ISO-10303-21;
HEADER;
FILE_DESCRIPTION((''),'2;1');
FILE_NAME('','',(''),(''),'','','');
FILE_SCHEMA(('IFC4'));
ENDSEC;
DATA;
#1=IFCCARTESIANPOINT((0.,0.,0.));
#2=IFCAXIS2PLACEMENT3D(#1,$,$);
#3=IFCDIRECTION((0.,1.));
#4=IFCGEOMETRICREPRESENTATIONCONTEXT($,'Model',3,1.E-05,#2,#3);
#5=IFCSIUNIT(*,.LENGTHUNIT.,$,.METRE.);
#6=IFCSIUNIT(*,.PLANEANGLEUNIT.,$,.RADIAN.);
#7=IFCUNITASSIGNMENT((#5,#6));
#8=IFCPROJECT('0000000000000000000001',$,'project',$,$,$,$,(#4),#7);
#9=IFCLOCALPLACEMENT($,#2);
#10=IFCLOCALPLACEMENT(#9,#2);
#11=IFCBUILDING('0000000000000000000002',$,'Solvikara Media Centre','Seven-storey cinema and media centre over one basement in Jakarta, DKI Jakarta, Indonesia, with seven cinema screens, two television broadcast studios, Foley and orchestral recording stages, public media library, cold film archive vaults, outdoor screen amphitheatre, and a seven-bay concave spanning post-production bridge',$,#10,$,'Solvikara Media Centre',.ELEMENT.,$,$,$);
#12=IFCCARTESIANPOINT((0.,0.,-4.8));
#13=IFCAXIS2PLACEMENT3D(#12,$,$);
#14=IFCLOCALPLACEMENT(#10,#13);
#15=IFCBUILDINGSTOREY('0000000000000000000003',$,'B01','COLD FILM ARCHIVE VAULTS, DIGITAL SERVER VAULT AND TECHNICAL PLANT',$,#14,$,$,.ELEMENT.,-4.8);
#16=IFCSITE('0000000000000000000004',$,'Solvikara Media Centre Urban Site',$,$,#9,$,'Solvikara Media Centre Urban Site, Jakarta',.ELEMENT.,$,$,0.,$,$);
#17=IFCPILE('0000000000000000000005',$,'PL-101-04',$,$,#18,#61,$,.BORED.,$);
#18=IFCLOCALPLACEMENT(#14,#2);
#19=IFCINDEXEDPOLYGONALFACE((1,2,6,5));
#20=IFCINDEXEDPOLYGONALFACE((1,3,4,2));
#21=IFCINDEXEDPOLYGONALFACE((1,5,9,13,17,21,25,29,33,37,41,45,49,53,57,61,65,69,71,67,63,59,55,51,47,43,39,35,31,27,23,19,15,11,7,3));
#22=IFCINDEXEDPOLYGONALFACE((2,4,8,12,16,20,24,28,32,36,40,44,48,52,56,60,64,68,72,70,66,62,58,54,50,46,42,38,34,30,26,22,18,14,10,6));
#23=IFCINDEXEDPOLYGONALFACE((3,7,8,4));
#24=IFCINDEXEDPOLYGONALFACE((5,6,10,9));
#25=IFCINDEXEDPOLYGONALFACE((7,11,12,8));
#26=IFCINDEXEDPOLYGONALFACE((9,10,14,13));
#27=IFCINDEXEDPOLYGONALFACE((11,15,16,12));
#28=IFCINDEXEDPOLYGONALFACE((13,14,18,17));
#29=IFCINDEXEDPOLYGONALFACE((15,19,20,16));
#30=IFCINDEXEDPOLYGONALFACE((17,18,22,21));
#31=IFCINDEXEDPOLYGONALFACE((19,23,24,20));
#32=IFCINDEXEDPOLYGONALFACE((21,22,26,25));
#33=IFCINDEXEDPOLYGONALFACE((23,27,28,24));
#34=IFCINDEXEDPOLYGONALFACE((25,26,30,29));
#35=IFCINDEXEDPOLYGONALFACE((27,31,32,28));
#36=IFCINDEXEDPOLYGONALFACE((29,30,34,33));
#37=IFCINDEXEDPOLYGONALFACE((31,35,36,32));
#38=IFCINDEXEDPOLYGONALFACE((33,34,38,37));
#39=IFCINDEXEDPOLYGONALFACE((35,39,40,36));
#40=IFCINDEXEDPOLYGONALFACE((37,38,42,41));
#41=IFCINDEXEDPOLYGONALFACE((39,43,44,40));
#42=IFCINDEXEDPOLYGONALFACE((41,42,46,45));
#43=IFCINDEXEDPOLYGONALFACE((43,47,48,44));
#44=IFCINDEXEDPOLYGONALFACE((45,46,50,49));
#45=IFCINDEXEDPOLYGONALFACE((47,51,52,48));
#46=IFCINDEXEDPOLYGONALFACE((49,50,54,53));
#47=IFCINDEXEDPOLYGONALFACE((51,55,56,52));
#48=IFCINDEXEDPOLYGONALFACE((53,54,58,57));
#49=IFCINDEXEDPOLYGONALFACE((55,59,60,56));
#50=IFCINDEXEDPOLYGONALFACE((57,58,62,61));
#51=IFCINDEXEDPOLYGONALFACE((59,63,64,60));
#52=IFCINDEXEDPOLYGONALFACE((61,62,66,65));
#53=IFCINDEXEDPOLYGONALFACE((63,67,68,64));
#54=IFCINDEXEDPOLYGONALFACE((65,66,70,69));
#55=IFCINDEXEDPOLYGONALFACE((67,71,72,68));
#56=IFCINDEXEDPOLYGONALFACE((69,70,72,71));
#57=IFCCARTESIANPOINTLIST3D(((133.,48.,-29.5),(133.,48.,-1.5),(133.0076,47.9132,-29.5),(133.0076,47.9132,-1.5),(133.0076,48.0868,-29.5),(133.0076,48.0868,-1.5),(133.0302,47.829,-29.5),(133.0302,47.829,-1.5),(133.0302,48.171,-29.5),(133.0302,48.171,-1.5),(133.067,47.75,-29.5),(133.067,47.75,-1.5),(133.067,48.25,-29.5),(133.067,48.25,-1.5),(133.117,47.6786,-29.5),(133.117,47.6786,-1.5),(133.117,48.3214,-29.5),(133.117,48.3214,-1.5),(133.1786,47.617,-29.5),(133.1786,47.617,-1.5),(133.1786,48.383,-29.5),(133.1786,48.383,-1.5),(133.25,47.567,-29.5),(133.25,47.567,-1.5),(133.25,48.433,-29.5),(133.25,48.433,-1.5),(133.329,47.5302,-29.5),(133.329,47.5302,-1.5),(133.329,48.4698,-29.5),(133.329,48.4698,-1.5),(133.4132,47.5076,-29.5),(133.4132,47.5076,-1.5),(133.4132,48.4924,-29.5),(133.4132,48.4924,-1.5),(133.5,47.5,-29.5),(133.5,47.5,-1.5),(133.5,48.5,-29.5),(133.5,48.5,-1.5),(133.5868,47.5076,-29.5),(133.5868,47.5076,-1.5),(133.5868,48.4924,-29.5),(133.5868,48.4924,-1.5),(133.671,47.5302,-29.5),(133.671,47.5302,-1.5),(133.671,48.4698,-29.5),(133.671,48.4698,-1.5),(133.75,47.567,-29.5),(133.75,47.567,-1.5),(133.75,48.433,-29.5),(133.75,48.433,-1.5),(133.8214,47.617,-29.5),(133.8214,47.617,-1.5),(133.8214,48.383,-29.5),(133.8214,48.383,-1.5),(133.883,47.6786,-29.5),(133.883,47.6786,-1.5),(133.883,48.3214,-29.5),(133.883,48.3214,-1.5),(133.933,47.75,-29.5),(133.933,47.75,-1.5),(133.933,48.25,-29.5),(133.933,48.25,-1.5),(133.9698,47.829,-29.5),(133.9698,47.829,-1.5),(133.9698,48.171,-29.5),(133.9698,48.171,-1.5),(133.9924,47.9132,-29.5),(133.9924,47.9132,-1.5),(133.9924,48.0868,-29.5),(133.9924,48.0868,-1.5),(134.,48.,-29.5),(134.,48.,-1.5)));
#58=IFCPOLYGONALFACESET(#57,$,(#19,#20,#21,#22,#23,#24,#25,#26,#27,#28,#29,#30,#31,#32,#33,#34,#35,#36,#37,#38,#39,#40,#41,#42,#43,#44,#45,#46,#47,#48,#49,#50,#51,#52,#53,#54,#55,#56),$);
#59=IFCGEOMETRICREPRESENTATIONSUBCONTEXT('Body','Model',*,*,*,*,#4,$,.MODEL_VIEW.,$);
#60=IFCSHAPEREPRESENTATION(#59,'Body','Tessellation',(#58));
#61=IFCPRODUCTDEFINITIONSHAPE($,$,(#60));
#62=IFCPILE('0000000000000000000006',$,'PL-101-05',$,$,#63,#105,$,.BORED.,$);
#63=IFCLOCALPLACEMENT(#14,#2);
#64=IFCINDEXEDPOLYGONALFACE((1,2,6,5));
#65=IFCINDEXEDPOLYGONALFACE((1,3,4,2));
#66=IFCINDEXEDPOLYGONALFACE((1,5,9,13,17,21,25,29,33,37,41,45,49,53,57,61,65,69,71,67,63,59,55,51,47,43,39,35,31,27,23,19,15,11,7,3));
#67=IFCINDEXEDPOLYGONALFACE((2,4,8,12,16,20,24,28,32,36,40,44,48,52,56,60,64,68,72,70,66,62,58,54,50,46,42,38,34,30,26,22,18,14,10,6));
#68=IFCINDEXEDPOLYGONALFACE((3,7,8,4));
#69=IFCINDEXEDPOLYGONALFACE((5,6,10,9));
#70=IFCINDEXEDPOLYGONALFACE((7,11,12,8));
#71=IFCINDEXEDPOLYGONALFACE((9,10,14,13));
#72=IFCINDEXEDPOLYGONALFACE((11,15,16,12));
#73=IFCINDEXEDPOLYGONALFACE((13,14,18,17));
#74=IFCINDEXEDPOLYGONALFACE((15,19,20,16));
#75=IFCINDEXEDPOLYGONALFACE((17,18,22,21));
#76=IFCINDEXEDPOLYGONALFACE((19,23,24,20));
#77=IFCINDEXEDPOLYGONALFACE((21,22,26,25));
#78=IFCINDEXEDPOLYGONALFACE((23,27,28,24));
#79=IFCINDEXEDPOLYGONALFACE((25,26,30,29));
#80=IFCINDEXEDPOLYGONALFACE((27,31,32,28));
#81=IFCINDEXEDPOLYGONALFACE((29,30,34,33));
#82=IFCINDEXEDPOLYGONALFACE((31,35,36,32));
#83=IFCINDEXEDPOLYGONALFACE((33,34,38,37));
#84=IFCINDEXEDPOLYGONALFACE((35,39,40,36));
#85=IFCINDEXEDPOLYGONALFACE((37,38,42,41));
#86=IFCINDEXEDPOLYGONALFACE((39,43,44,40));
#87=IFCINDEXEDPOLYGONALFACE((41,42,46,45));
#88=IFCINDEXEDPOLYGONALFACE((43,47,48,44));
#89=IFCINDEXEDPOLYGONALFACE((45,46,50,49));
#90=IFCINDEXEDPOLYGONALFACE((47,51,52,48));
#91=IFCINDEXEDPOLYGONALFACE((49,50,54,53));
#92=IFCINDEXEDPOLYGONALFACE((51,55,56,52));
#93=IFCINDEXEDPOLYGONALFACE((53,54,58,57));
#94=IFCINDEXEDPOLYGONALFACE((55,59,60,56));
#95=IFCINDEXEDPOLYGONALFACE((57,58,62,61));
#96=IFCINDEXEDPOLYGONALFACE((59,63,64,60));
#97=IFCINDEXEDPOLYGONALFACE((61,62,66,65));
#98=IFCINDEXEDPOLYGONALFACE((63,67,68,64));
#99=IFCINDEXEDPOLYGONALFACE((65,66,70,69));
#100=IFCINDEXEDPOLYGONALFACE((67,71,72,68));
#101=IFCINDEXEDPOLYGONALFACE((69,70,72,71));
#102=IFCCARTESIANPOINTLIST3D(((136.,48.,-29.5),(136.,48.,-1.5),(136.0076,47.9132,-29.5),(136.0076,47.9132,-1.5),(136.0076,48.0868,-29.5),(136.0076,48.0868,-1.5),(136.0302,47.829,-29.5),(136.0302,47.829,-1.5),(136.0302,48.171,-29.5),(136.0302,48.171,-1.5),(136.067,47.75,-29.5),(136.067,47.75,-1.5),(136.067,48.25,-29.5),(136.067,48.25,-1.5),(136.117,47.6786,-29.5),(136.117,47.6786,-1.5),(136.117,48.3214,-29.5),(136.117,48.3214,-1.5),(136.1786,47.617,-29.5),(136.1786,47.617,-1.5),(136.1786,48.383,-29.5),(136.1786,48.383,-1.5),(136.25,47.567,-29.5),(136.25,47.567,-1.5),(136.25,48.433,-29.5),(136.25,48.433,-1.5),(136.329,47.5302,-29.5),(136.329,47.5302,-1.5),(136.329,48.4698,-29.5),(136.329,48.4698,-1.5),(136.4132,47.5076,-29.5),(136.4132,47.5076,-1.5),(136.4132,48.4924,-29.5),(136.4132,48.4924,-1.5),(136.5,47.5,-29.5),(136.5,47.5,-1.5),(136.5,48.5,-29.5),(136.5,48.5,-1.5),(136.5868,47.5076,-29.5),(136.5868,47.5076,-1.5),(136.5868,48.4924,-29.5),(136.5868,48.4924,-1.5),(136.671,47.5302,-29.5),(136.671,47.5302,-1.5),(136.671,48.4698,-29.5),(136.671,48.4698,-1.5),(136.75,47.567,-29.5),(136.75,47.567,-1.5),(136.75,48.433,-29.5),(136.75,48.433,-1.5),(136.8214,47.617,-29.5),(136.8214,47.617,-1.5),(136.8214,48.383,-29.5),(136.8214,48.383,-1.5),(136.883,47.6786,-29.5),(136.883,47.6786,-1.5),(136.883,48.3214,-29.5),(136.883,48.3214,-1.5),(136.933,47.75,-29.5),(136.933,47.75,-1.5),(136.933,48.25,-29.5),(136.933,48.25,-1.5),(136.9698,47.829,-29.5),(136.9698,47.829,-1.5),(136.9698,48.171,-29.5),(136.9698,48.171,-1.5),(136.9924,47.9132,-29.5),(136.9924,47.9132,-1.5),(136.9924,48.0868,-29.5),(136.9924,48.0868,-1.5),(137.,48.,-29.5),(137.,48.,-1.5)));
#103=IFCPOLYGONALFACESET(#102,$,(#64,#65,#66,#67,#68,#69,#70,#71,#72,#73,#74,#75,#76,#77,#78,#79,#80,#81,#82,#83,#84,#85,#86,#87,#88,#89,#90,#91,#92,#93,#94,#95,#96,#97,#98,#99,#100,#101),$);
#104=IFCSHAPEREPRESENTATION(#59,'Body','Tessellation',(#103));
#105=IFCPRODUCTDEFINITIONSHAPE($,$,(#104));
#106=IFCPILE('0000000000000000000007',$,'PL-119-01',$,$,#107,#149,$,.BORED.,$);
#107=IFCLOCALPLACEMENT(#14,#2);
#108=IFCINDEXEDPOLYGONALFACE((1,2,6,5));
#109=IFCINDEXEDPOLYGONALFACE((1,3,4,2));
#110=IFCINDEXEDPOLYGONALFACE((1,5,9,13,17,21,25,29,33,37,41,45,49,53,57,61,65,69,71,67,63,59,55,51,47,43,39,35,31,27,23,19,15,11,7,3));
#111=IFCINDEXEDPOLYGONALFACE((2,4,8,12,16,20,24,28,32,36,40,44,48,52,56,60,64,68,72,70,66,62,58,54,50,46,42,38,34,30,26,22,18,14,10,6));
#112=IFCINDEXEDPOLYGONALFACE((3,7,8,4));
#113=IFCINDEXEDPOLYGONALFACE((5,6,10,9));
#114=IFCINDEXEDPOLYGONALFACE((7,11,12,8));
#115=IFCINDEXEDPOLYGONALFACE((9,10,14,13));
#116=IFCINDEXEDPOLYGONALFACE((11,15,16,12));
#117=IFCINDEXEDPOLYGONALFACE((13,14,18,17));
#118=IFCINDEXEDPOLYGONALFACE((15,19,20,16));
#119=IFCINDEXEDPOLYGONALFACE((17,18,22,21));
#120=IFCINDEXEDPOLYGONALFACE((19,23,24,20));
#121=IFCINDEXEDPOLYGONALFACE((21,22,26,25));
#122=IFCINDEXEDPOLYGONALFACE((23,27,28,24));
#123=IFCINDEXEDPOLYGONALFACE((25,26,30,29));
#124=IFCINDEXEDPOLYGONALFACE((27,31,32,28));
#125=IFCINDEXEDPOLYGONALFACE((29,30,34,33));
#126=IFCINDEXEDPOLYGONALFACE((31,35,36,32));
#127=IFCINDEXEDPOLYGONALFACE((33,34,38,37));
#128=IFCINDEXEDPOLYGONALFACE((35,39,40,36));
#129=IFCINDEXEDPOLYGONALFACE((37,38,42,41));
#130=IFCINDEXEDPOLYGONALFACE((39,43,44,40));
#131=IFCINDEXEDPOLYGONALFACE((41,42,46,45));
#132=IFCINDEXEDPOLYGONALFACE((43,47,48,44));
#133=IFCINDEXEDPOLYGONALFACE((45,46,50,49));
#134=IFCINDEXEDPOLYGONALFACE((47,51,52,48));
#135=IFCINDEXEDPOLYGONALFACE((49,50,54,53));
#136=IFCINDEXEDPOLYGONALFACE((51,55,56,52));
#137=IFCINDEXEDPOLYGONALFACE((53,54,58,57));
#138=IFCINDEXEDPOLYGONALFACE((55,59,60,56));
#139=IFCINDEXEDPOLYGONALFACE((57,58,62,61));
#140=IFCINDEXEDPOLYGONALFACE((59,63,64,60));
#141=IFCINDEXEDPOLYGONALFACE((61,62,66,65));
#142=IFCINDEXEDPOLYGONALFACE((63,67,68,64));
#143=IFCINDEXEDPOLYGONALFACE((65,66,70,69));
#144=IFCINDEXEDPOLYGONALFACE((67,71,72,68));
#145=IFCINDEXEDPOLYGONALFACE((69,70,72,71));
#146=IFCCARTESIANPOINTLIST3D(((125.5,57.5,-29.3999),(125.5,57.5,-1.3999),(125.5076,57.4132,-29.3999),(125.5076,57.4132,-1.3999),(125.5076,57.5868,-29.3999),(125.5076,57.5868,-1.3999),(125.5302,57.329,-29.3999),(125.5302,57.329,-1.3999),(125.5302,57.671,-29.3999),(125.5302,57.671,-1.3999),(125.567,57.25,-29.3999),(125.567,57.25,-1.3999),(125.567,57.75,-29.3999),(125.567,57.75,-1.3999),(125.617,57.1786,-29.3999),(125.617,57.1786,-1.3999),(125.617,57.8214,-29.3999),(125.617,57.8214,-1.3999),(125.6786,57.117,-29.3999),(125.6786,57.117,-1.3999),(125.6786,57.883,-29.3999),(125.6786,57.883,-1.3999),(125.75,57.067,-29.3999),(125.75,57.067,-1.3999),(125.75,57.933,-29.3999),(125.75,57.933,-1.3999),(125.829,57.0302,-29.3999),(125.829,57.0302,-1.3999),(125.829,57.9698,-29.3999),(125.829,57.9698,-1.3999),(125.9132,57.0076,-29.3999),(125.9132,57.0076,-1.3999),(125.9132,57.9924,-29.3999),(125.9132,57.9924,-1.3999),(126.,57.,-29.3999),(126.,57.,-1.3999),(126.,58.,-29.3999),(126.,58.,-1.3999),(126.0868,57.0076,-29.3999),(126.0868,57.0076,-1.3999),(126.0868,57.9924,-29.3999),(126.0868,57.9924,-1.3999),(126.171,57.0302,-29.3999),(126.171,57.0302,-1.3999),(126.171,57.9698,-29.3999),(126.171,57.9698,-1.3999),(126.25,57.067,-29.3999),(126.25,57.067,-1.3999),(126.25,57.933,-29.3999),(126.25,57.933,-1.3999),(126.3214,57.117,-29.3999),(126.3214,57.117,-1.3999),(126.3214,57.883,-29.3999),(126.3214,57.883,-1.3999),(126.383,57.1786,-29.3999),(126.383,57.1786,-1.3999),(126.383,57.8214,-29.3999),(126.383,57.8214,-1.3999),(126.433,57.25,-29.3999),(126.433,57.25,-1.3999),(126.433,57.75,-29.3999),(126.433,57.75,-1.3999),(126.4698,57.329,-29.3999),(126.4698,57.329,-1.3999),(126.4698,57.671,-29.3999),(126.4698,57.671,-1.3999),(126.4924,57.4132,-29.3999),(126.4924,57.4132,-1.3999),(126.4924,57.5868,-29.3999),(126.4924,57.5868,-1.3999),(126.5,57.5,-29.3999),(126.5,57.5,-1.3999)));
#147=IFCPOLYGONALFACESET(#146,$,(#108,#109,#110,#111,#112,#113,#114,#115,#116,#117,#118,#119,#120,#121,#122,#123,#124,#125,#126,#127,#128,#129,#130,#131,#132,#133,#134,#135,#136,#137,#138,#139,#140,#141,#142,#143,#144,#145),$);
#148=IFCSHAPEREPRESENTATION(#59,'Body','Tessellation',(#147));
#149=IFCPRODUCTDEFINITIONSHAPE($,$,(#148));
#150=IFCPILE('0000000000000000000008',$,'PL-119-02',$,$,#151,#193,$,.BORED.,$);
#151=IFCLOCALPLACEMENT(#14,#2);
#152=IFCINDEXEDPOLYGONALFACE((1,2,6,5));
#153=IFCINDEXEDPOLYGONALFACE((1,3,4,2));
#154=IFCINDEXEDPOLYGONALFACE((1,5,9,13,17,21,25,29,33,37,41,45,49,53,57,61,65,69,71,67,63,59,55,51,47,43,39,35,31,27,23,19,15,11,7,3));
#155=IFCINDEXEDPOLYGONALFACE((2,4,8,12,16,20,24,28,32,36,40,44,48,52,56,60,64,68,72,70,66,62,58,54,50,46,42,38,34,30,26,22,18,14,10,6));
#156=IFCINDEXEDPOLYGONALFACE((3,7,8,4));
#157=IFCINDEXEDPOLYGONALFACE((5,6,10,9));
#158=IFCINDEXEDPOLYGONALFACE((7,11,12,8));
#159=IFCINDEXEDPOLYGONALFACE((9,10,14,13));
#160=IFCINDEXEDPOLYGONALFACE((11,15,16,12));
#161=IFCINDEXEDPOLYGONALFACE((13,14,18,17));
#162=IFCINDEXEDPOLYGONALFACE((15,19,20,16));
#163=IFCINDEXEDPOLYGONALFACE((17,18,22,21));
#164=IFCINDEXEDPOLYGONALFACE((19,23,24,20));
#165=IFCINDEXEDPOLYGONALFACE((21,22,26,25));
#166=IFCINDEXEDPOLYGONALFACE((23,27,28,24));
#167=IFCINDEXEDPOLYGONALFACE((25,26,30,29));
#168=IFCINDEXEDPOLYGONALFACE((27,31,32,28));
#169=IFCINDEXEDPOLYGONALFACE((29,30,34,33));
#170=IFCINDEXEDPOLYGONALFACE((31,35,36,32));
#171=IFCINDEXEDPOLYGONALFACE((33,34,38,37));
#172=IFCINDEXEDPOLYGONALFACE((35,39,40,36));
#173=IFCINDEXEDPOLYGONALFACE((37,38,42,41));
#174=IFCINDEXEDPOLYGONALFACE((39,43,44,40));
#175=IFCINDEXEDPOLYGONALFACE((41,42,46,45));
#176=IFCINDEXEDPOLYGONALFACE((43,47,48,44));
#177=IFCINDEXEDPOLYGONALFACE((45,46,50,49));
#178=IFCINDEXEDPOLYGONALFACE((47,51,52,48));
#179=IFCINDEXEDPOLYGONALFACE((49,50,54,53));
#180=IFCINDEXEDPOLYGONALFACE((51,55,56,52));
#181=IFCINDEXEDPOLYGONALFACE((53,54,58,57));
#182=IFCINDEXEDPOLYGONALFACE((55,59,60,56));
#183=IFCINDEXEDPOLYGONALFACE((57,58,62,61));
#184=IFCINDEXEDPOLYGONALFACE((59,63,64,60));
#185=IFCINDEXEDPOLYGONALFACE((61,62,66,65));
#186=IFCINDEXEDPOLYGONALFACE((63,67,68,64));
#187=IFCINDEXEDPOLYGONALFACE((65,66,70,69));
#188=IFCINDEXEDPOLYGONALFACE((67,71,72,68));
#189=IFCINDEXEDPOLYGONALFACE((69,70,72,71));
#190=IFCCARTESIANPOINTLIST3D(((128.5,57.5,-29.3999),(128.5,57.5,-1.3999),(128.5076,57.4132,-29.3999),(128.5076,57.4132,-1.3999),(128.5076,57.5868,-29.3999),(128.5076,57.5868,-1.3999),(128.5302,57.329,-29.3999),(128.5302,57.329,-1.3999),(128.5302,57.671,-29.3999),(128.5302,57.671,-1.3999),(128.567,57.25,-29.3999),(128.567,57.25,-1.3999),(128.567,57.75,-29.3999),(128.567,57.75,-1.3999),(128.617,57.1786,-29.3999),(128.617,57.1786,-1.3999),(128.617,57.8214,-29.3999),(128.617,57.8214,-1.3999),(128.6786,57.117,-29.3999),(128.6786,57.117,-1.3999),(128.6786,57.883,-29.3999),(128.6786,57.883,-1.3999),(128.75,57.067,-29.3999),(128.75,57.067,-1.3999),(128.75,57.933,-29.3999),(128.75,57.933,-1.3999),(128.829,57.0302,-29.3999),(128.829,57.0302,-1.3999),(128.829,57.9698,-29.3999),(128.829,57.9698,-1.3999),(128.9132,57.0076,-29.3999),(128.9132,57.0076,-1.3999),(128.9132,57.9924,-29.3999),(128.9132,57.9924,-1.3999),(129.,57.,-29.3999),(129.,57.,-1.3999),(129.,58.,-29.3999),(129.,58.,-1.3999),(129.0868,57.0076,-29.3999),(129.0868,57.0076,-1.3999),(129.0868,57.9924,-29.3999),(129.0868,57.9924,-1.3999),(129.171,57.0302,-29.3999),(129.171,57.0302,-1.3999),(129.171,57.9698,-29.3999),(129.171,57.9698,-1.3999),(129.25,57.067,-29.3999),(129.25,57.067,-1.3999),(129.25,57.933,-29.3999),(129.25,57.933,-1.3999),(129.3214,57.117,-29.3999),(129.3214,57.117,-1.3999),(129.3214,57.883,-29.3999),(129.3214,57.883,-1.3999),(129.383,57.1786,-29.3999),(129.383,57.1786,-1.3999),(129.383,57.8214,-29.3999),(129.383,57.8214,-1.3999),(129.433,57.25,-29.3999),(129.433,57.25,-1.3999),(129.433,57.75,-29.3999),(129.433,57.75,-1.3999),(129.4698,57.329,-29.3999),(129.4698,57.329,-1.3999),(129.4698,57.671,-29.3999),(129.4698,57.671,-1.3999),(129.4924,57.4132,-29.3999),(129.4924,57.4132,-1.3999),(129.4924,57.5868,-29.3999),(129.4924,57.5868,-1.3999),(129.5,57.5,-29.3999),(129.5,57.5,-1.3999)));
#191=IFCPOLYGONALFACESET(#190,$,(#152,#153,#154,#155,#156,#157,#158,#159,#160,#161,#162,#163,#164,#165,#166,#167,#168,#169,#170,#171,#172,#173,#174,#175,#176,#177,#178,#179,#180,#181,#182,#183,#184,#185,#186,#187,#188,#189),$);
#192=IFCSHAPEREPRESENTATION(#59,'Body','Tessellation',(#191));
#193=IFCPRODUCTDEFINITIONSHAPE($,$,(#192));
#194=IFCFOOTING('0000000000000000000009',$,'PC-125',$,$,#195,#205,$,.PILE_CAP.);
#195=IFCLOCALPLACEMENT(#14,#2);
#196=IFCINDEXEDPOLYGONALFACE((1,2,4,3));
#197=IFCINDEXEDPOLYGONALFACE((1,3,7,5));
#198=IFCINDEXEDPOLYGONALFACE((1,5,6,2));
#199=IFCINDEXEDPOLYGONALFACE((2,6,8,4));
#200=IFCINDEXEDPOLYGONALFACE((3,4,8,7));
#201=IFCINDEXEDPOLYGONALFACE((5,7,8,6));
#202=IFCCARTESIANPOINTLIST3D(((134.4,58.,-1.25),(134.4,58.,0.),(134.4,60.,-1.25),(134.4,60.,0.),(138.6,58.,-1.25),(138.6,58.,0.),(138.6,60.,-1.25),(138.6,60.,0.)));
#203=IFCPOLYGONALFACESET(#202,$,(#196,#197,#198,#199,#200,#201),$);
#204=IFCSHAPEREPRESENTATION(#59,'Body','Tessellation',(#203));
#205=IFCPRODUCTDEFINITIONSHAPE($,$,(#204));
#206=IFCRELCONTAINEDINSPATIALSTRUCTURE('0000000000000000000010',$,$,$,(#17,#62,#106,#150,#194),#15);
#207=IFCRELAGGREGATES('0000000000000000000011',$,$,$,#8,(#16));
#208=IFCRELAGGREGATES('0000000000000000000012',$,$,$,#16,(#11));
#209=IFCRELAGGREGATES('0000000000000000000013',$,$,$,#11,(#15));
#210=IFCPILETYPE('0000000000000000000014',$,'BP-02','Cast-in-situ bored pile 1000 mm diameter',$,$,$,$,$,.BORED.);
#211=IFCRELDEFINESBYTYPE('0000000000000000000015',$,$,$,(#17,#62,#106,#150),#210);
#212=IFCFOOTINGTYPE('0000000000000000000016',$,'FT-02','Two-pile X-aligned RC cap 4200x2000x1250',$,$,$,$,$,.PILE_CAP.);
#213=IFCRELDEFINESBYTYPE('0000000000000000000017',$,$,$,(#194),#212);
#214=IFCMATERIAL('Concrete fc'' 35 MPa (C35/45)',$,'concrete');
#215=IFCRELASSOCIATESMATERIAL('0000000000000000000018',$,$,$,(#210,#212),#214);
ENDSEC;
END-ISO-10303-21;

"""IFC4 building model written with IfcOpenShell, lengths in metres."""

from ifc_helpers import new_model, si_unit, direction, frame, origin, origin_2d, place, context, subcontext, project, spatial, rectangle, circle, extrude, material, material_profile, profile_set, type_object, element, save


model = new_model("IFC4")

# Units and contexts
model_context = context("Model", 3, precision=1e-05, world=origin(), true_north=direction((0.0, 1.0)))
body_context = subcontext(model_context, "Body", "Model", "MODEL_VIEW")
ifc_project = project(units=[si_unit("LENGTHUNIT", "METRE"), si_unit("PLANEANGLEUNIT", "RADIAN")], contexts=[model_context])

# Site, building, storey
site_placement = place(None, origin())
site = spatial("IfcSite", under=ifc_project, at=site_placement, Name="Solvikara Media Centre Urban Site", LongName="Solvikara Media Centre Urban Site, Jakarta", CompositionType="ELEMENT", RefElevation=0.0)
building_placement = place(site_placement, origin())
building = spatial("IfcBuilding", under=site, at=building_placement, Name="Solvikara Media Centre", Description="Seven-storey cinema and media centre over one basement in Jakarta, DKI Jakarta, Indonesia, with seven cinema screens, two television broadcast studios, Foley and orchestral recording stages, public media library, cold film archive vaults, outdoor screen amphitheatre, and a seven-bay concave spanning post-production bridge", LongName="Solvikara Media Centre", CompositionType="ELEMENT")
storey_placement = place(building_placement, frame((0.0, 0.0, -4.8)))
storey = spatial("IfcBuildingStorey", under=building, at=storey_placement, Name="B01", Description="COLD FILM ARCHIVE VAULTS, DIGITAL SERVER VAULT AND TECHNICAL PLANT", CompositionType="ELEMENT", Elevation=-4.8)

# Piles
ifc_material_1 = material(Name="Concrete fc' 35 MPa (C35/45)", Category="concrete")
ifc_material_profile_1 = material_profile(ifc_material_1, circle(Radius=0.5, at=origin_2d()), Name="BORED PILE D1000")
ifc_profile_set_1 = profile_set([ifc_material_profile_1], Name="Concrete fc' 35 MPa (C35/45)")
pile_type_1 = type_object("IfcPileType", Name="BP-02", Description="Cast-in-situ bored pile 1000 mm diameter", PredefinedType="BORED", material=ifc_profile_set_1)
for number, where, z_axis, x_axis, name in (
    (1, (133.5, 48.0, -1.5), (0.0, 0.0, -1.0), (1.0, 0.0, 0.0), "PL-101-04"),
    (2, (136.5, 48.0, -1.5), (0.0, 0.0, -1.0), (1.0, 0.0, 0.0), "PL-101-05"),
    (3, (126.0, 57.5, -1.3999), (0.0, 0.0, -1.0), (1.0, 0.0, 0.0), "PL-119-01"),
    (4, (129.0, 57.5, -1.3999), (0.0, 0.0, -1.0), (1.0, 0.0, 0.0), "PL-119-02"),
):
    element("IfcPile", number, at=place(storey_placement, frame(where, z_axis=z_axis, x_axis=x_axis)), inside=storey, type_object=pile_type_1, Name=name, PredefinedType="BORED", context=body_context, shape_type="SweptSolid", body=[
        extrude(circle(Radius=0.5, at=origin_2d()), origin(), (0.0, 0.0, 1.0), 28.0),
    ])

# Footing
footing_type_1 = type_object("IfcFootingType", Name="FT-02", Description="Two-pile X-aligned RC cap 4200x2000x1250", PredefinedType="PILE_CAP", material=ifc_material_1)
footing_1_placement = place(storey_placement, frame((136.5, 59.0, -1.25), z_axis=(0.0, 0.0, 1.0), x_axis=(1.0, 0.0, 0.0)))
element("IfcFooting", 5, at=footing_1_placement, inside=storey, type_object=footing_type_1, Name="PC-125", PredefinedType="PILE_CAP", context=body_context, shape_type="SweptSolid", body=[
    extrude(rectangle(XDim=4.2, YDim=2.0, at=origin_2d()), origin(), (0.0, 0.0, 1.0), 1.25),
])

save(model, "model.ifc")
